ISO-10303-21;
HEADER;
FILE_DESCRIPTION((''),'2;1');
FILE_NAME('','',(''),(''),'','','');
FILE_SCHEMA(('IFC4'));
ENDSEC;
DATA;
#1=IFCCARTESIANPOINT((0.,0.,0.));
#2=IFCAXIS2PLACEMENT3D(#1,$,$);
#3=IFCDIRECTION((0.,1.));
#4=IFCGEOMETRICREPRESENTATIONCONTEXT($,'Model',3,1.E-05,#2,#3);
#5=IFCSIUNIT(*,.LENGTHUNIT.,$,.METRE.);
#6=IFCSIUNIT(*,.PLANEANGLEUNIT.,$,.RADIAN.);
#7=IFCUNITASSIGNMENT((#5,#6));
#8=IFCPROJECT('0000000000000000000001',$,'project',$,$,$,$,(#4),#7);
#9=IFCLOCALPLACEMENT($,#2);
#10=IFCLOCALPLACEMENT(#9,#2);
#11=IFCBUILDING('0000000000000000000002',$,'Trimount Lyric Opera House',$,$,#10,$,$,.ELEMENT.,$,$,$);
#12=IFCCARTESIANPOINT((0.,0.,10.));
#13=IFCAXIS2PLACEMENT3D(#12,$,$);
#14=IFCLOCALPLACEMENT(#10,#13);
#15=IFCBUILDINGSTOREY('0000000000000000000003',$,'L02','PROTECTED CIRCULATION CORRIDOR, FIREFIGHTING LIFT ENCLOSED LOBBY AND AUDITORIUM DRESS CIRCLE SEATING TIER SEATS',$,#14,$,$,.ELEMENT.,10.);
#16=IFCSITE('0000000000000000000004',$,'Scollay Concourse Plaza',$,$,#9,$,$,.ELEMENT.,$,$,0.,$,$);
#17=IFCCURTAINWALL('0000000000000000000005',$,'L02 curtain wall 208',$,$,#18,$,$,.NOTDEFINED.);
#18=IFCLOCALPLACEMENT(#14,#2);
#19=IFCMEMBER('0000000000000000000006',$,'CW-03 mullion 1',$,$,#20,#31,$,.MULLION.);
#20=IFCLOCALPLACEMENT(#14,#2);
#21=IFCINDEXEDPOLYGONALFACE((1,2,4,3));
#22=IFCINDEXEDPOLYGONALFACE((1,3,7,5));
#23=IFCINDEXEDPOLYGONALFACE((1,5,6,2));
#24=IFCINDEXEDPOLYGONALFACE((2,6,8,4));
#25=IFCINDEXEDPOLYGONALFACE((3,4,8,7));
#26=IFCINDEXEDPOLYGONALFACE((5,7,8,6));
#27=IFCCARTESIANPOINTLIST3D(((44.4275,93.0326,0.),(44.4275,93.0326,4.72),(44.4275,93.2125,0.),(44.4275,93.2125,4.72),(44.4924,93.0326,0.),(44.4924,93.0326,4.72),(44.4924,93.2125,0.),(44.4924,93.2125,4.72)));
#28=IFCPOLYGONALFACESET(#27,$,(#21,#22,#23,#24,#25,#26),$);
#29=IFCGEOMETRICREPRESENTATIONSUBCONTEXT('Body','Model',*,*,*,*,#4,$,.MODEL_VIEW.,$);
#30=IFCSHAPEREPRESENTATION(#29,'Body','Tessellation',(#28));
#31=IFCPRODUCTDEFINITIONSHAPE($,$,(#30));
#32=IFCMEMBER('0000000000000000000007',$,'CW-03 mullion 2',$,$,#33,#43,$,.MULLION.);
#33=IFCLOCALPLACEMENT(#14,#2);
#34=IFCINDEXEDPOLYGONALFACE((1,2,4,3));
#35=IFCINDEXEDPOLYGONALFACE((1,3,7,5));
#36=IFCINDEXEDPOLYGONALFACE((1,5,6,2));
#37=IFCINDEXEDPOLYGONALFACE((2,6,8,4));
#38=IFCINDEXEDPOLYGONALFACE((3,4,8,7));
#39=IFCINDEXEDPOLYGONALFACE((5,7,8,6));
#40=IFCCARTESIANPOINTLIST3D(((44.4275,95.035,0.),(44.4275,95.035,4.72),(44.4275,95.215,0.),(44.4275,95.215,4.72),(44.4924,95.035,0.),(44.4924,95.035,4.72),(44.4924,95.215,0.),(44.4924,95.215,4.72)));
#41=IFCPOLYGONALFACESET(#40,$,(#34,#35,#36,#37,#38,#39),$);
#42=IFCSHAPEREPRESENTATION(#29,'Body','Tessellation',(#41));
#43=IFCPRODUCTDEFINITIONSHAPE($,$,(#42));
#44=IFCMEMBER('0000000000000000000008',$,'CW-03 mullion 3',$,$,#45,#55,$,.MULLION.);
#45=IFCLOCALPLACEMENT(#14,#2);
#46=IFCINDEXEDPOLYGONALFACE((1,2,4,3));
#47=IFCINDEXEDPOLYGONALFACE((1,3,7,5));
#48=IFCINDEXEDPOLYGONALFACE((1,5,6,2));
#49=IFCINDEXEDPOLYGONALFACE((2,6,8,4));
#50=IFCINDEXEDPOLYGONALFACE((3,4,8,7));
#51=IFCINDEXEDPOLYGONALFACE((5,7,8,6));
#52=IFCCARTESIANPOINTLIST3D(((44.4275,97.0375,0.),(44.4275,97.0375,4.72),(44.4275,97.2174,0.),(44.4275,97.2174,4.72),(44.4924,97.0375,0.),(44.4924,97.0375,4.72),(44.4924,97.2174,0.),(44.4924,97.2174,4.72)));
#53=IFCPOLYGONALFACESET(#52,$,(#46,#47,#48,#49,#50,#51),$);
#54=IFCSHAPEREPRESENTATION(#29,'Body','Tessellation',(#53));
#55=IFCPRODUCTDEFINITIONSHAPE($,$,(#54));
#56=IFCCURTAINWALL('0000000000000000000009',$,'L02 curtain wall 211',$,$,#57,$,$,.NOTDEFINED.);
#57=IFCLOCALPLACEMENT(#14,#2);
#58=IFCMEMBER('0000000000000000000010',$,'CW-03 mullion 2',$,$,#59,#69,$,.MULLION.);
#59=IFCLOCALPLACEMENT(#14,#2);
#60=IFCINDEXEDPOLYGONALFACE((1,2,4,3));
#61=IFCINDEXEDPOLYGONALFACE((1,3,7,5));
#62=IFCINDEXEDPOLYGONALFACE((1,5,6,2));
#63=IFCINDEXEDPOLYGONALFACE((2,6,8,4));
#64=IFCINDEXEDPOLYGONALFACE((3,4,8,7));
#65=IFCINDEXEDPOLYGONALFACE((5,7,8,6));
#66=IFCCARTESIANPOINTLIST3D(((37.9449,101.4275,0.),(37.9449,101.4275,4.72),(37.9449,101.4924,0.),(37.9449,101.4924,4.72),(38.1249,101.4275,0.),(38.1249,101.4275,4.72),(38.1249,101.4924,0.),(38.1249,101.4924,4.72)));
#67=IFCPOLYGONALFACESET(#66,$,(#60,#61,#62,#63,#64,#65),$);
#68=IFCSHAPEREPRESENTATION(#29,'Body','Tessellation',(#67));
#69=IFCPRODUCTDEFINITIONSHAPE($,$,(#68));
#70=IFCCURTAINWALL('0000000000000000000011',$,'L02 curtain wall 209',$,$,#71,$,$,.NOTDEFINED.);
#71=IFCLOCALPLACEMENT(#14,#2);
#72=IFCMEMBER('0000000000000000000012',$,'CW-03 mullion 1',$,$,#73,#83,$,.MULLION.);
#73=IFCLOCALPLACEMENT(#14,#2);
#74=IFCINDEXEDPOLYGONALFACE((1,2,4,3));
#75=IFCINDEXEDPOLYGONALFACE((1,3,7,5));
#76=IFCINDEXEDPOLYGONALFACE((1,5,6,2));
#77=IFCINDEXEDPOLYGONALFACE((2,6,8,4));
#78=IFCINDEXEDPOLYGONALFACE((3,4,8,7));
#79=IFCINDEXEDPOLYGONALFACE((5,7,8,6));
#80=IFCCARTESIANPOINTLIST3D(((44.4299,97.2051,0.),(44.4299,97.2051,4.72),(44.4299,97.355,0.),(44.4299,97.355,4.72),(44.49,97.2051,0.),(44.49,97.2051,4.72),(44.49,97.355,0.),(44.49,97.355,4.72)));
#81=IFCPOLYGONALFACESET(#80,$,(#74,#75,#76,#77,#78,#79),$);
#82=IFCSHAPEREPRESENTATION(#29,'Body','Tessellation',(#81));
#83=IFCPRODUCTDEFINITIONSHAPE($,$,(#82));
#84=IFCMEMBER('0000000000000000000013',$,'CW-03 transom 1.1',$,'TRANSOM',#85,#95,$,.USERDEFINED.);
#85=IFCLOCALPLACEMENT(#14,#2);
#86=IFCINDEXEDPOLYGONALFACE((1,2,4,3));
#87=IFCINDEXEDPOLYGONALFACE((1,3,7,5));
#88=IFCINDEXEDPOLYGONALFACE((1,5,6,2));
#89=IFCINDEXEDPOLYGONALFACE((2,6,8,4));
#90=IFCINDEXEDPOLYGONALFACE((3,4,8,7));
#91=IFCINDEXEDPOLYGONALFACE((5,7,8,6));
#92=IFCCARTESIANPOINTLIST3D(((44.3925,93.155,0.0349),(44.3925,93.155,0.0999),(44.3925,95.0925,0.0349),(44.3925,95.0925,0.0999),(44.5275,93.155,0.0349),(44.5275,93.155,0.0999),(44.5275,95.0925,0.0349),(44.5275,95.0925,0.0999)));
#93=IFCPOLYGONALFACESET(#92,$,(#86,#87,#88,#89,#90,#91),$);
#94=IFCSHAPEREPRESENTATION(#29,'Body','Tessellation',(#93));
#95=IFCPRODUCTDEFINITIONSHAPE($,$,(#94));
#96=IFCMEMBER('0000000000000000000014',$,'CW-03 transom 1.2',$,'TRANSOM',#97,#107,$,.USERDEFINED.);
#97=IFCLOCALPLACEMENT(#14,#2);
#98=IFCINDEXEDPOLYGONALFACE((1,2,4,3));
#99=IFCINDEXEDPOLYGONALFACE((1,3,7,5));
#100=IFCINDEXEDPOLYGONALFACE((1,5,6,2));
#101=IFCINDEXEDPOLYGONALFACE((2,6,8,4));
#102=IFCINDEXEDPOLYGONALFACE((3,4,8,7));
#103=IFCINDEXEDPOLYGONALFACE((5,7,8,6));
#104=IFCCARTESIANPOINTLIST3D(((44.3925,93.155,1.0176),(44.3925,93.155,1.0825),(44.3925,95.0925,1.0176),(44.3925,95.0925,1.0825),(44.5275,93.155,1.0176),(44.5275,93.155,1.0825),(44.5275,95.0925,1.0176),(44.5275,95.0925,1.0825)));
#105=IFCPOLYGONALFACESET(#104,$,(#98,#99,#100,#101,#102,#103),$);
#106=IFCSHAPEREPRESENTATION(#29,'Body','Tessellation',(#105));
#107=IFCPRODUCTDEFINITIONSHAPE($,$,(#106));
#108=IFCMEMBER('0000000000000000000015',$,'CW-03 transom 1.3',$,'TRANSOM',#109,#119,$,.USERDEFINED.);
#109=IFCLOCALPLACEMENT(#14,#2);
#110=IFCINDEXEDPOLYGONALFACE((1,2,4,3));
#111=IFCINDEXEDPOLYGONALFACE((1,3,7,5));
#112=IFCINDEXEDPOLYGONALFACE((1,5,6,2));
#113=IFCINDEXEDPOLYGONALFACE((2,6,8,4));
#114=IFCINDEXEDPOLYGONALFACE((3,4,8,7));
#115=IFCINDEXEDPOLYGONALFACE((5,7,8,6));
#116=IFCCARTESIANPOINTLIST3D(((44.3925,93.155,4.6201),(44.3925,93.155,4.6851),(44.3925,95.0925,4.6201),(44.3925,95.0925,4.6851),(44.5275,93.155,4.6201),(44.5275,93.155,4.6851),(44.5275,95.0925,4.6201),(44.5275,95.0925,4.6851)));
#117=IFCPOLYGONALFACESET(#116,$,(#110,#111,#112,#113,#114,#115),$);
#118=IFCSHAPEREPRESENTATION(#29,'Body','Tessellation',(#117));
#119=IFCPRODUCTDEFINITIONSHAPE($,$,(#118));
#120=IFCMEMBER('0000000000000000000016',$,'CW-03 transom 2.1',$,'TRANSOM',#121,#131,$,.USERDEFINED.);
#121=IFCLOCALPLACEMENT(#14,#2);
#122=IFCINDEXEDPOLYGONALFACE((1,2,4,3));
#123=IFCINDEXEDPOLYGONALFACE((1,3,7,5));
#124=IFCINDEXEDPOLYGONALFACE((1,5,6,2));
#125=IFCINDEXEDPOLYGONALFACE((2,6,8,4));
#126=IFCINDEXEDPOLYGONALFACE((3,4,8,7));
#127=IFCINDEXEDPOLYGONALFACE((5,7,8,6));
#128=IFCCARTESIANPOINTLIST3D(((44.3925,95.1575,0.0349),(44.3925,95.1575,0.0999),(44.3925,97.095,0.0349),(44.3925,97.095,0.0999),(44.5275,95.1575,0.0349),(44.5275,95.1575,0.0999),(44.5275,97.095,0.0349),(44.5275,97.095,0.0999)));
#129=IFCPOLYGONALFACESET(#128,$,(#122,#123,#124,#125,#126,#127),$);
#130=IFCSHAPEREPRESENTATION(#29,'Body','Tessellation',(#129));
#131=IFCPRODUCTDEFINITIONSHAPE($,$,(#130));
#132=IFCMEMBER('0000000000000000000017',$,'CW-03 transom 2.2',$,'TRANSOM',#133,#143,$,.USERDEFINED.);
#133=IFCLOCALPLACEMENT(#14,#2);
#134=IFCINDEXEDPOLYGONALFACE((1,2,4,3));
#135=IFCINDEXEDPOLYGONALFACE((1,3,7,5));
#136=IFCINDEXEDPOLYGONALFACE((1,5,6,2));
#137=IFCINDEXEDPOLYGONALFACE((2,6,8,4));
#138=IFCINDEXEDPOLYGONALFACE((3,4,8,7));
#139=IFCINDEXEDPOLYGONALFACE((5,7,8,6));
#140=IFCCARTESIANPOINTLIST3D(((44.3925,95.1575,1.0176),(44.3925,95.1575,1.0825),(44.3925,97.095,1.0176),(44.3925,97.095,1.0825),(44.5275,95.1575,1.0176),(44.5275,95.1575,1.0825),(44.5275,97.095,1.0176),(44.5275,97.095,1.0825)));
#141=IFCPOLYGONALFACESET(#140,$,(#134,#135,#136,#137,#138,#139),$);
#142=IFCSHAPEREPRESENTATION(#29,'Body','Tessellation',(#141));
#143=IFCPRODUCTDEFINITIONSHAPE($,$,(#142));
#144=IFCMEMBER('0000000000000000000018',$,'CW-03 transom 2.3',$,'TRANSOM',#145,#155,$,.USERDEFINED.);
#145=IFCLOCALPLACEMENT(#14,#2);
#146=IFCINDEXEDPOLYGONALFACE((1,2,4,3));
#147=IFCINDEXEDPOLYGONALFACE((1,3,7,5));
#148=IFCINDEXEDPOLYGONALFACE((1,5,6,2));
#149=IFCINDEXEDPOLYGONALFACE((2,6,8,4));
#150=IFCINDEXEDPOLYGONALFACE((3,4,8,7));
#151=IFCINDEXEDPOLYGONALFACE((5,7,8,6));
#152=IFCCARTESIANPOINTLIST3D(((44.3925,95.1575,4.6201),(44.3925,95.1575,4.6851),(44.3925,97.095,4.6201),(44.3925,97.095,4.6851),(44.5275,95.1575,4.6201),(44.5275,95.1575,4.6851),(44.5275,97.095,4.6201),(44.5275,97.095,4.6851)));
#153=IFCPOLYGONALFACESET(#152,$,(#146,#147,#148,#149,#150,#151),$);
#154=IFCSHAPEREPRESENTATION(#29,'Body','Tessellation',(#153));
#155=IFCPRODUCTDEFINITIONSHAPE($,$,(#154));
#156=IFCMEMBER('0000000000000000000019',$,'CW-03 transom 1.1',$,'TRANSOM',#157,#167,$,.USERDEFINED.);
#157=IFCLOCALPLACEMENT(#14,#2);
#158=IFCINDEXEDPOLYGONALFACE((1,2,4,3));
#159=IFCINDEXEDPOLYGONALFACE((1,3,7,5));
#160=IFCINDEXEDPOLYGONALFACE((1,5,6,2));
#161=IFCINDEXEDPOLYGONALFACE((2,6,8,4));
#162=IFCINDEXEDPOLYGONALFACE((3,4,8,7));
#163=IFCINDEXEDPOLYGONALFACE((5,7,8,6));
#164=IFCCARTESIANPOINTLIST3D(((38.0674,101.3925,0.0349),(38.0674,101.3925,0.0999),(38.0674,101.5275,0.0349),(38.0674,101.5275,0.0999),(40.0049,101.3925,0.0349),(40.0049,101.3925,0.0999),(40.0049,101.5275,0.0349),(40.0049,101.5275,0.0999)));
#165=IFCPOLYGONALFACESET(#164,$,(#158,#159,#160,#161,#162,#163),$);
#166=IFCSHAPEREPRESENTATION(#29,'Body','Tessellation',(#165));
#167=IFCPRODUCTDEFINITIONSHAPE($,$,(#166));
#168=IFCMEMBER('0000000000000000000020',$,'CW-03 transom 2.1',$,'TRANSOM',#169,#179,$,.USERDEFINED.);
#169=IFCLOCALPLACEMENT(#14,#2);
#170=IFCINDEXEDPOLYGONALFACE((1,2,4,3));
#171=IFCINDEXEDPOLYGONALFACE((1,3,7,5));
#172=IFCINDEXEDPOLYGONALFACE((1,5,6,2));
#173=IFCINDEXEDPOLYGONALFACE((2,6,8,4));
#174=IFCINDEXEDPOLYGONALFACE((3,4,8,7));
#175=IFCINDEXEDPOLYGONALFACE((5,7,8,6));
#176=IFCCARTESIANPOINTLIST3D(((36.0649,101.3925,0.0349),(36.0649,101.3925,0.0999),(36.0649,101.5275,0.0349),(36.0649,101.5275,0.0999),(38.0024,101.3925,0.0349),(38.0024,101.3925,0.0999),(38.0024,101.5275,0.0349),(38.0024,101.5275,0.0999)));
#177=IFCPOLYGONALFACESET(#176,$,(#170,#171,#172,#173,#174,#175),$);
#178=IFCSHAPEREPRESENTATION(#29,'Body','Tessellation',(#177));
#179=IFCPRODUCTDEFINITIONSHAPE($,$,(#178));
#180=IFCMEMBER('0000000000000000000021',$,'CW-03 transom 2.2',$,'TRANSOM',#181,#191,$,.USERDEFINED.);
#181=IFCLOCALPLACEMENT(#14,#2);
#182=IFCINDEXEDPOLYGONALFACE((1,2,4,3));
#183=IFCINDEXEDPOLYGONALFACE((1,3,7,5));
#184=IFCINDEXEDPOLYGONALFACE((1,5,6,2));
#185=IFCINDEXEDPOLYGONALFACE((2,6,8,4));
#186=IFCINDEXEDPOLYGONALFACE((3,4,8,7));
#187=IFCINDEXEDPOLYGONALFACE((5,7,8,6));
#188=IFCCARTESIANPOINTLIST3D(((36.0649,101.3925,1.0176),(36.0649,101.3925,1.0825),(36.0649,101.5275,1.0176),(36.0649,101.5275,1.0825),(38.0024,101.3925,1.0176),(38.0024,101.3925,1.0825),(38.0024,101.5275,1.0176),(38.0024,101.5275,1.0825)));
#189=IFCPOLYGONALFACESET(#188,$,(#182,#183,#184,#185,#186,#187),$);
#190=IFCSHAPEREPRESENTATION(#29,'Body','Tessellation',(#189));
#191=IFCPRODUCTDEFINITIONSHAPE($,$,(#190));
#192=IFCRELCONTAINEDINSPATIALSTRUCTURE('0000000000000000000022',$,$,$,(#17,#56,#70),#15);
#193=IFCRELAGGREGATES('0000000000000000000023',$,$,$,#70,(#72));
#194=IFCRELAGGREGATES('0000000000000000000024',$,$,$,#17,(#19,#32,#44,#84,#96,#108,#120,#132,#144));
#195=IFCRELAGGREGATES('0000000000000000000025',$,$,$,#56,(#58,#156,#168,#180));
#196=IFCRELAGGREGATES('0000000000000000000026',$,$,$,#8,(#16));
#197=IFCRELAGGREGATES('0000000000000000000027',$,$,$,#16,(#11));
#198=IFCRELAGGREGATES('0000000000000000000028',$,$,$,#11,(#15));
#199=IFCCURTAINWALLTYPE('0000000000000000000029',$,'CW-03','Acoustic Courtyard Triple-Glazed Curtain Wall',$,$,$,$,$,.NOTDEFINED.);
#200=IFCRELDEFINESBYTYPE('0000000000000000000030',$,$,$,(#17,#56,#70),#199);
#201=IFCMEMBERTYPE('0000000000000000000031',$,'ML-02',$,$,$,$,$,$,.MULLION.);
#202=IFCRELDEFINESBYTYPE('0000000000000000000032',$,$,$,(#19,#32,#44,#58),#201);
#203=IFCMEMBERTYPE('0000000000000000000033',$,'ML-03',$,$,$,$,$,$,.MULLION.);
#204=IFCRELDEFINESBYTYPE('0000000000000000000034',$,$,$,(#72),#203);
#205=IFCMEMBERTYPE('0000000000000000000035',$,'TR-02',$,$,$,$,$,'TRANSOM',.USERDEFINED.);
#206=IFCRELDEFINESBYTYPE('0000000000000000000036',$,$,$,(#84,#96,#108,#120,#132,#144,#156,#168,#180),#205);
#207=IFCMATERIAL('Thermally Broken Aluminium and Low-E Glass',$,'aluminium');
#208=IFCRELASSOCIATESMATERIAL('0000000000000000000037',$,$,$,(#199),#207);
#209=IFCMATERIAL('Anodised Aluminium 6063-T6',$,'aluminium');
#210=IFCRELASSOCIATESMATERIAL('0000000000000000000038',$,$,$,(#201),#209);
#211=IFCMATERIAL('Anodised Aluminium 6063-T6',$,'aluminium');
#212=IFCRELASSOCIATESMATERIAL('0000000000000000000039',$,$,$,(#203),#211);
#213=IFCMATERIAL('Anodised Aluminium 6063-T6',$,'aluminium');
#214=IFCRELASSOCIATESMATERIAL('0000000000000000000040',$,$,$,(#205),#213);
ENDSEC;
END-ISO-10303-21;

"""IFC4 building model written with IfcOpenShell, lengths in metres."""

from ifc_helpers import new_model, si_unit, direction, frame, origin, origin_2d, place, context, subcontext, project, spatial, rectangle, extrude, material, material_profile, profile_set, type_object, element, aggregate, save


model = new_model("IFC4")

# Units and contexts
model_context = context("Model", 3, precision=1e-05, world=origin(), true_north=direction((0.0, 1.0)))
body_context = subcontext(model_context, "Body", "Model", "MODEL_VIEW")
ifc_project = project(units=[si_unit("LENGTHUNIT", "METRE"), si_unit("PLANEANGLEUNIT", "RADIAN")], contexts=[model_context])

# Site, building, storey
site_placement = place(None, origin())
site = spatial("IfcSite", under=ifc_project, at=site_placement, Name="Scollay Concourse Plaza", CompositionType="ELEMENT", RefElevation=0.0)
building_placement = place(site_placement, origin())
building = spatial("IfcBuilding", under=site, at=building_placement, Name="Trimount Lyric Opera House", CompositionType="ELEMENT")
storey_placement = place(building_placement, frame((0.0, 0.0, 10.0)))
storey = spatial("IfcBuildingStorey", under=building, at=storey_placement, Name="L02", Description="PROTECTED CIRCULATION CORRIDOR, FIREFIGHTING LIFT ENCLOSED LOBBY AND AUDITORIUM DRESS CIRCLE SEATING TIER SEATS", CompositionType="ELEMENT", Elevation=10.0)

# Curtain wall, members
ifc_material_1 = material(Name="Thermally Broken Aluminium and Low-E Glass", Category="aluminium")
curtain_wall_type = type_object("IfcCurtainWallType", Name="CW-03", Description="Acoustic Courtyard Triple-Glazed Curtain Wall", PredefinedType="NOTDEFINED", material=ifc_material_1)
curtain_wall_1_placement = place(storey_placement, origin())
curtain_wall_1 = element("IfcCurtainWall", 1, at=curtain_wall_1_placement, inside=storey, type_object=curtain_wall_type, Name="L02 curtain wall 208", PredefinedType="NOTDEFINED")
ifc_material_2 = material(Name="Anodised Aluminium 6063-T6", Category="aluminium")
ifc_material_profile_1 = material_profile(ifc_material_2, rectangle(XDim=0.0649, YDim=0.1799, at=origin_2d()), Name="ALU-MULL-65X180")
ifc_profile_set_1 = profile_set([ifc_material_profile_1], Name="Anodised Aluminium 6063-T6")
member_type_1 = type_object("IfcMemberType", Name="ML-02", PredefinedType="MULLION", material=ifc_profile_set_1)
member_1_placement = place(storey_placement, frame((44.46, 93.1226, 0.0), z_axis=(0.0, 0.0, 1.0), x_axis=(-1.0, 0.0, 0.0)))
member_1 = element("IfcMember", 2, at=member_1_placement, type_object=member_type_1, Name="CW-03 mullion 1", PredefinedType="MULLION", context=body_context, shape_type="SweptSolid", body=[
    extrude(rectangle(XDim=0.0649, YDim=0.1799, at=origin_2d()), origin(), (0.0, 0.0, 1.0), 4.72),
])
member_2_placement = place(storey_placement, frame((44.46, 95.125, 0.0), z_axis=(0.0, 0.0, 1.0), x_axis=(-1.0, 0.0, 0.0)))
member_2 = element("IfcMember", 3, at=member_2_placement, type_object=member_type_1, Name="CW-03 mullion 2", PredefinedType="MULLION", context=body_context, shape_type="SweptSolid", body=[
    extrude(rectangle(XDim=0.0649, YDim=0.1799, at=origin_2d()), origin(), (0.0, 0.0, 1.0), 4.72),
])
member_3_placement = place(storey_placement, frame((44.46, 97.1274, 0.0), z_axis=(0.0, 0.0, 1.0), x_axis=(-1.0, 0.0, 0.0)))
member_3 = element("IfcMember", 4, at=member_3_placement, type_object=member_type_1, Name="CW-03 mullion 3", PredefinedType="MULLION", context=body_context, shape_type="SweptSolid", body=[
    extrude(rectangle(XDim=0.0649, YDim=0.1799, at=origin_2d()), origin(), (0.0, 0.0, 1.0), 4.72),
])

# Curtain walls, members
curtain_wall_2_placement = place(storey_placement, origin())
curtain_wall_2 = element("IfcCurtainWall", 5, at=curtain_wall_2_placement, inside=storey, type_object=curtain_wall_type, Name="L02 curtain wall 211", PredefinedType="NOTDEFINED")
member_4_placement = place(storey_placement, frame((38.0349, 101.46, 0.0), z_axis=(0.0, 0.0, 1.0), x_axis=(0.0, -1.0, 0.0)))
member_4 = element("IfcMember", 6, at=member_4_placement, type_object=member_type_1, Name="CW-03 mullion 2", PredefinedType="MULLION", context=body_context, shape_type="SweptSolid", body=[
    extrude(rectangle(XDim=0.0649, YDim=0.1799, at=origin_2d()), origin(), (0.0, 0.0, 1.0), 4.72),
])
curtain_wall_3_placement = place(storey_placement, origin())
curtain_wall_3 = element("IfcCurtainWall", 7, at=curtain_wall_3_placement, inside=storey, type_object=curtain_wall_type, Name="L02 curtain wall 209", PredefinedType="NOTDEFINED")
ifc_material_3 = material(Name="Anodised Aluminium 6063-T6", Category="aluminium")
ifc_material_profile_2 = material_profile(ifc_material_3, rectangle(XDim=0.0601, YDim=0.1499, at=origin_2d()), Name="ALU-MULL-60X150")
ifc_profile_set_2 = profile_set([ifc_material_profile_2], Name="Anodised Aluminium 6063-T6")
member_type_2 = type_object("IfcMemberType", Name="ML-03", PredefinedType="MULLION", material=ifc_profile_set_2)
member_5_placement = place(storey_placement, frame((44.46, 97.28, 0.0), z_axis=(0.0, 0.0, 1.0), x_axis=(-1.0, 0.0, 0.0)))
member_5 = element("IfcMember", 8, at=member_5_placement, type_object=member_type_2, Name="CW-03 mullion 1", PredefinedType="MULLION", context=body_context, shape_type="SweptSolid", body=[
    extrude(rectangle(XDim=0.0601, YDim=0.1499, at=origin_2d()), origin(), (0.0, 0.0, 1.0), 4.72),
])

# Members
ifc_material_4 = material(Name="Anodised Aluminium 6063-T6", Category="aluminium")
ifc_material_profile_3 = material_profile(ifc_material_4, rectangle(XDim=0.135, YDim=0.0649, at=origin_2d()), Name="ALU-TRAN-65X135")
ifc_profile_set_3 = profile_set([ifc_material_profile_3], Name="Anodised Aluminium 6063-T6")
member_type_3 = type_object("IfcMemberType", Name="TR-02", ElementType="TRANSOM", PredefinedType="USERDEFINED", material=ifc_profile_set_3)
member_6_placement = place(storey_placement, frame((44.46, 93.155, 0.0674), z_axis=(0.0, 1.0, 0.0), x_axis=(-1.0, 0.0, 0.0)))
member_6 = element("IfcMember", 9, at=member_6_placement, type_object=member_type_3, Name="CW-03 transom 1.1", ObjectType="TRANSOM", PredefinedType="USERDEFINED", context=body_context, shape_type="SweptSolid", body=[
    extrude(rectangle(XDim=0.135, YDim=0.0649, at=origin_2d()), origin(), (0.0, 0.0, 1.0), 1.9375),
])
member_7_placement = place(storey_placement, frame((44.46, 93.155, 1.05), z_axis=(0.0, 1.0, 0.0), x_axis=(-1.0, 0.0, 0.0)))
member_7 = element("IfcMember", 10, at=member_7_placement, type_object=member_type_3, Name="CW-03 transom 1.2", ObjectType="TRANSOM", PredefinedType="USERDEFINED", context=body_context, shape_type="SweptSolid", body=[
    extrude(rectangle(XDim=0.135, YDim=0.0649, at=origin_2d()), origin(), (0.0, 0.0, 1.0), 1.9375),
])
member_8_placement = place(storey_placement, frame((44.46, 93.155, 4.6526), z_axis=(0.0, 1.0, 0.0), x_axis=(-1.0, 0.0, 0.0)))
member_8 = element("IfcMember", 11, at=member_8_placement, type_object=member_type_3, Name="CW-03 transom 1.3", ObjectType="TRANSOM", PredefinedType="USERDEFINED", context=body_context, shape_type="SweptSolid", body=[
    extrude(rectangle(XDim=0.135, YDim=0.0649, at=origin_2d()), origin(), (0.0, 0.0, 1.0), 1.9375),
])
member_9_placement = place(storey_placement, frame((44.46, 95.1575, 0.0674), z_axis=(0.0, 1.0, 0.0), x_axis=(-1.0, 0.0, 0.0)))
member_9 = element("IfcMember", 12, at=member_9_placement, type_object=member_type_3, Name="CW-03 transom 2.1", ObjectType="TRANSOM", PredefinedType="USERDEFINED", context=body_context, shape_type="SweptSolid", body=[
    extrude(rectangle(XDim=0.135, YDim=0.0649, at=origin_2d()), origin(), (0.0, 0.0, 1.0), 1.9375),
])
member_10_placement = place(storey_placement, frame((44.46, 95.1575, 1.05), z_axis=(0.0, 1.0, 0.0), x_axis=(-1.0, 0.0, 0.0)))
member_10 = element("IfcMember", 13, at=member_10_placement, type_object=member_type_3, Name="CW-03 transom 2.2", ObjectType="TRANSOM", PredefinedType="USERDEFINED", context=body_context, shape_type="SweptSolid", body=[
    extrude(rectangle(XDim=0.135, YDim=0.0649, at=origin_2d()), origin(), (0.0, 0.0, 1.0), 1.9375),
])
member_11_placement = place(storey_placement, frame((44.46, 95.1575, 4.6526), z_axis=(0.0, 1.0, 0.0), x_axis=(-1.0, 0.0, 0.0)))
member_11 = element("IfcMember", 14, at=member_11_placement, type_object=member_type_3, Name="CW-03 transom 2.3", ObjectType="TRANSOM", PredefinedType="USERDEFINED", context=body_context, shape_type="SweptSolid", body=[
    extrude(rectangle(XDim=0.135, YDim=0.0649, at=origin_2d()), origin(), (0.0, 0.0, 1.0), 1.9375),
])
member_12_placement = place(storey_placement, frame((40.0049, 101.46, 0.0674), z_axis=(-1.0, 0.0, 0.0), x_axis=(0.0, -1.0, 0.0)))
member_12 = element("IfcMember", 15, at=member_12_placement, type_object=member_type_3, Name="CW-03 transom 1.1", ObjectType="TRANSOM", PredefinedType="USERDEFINED", context=body_context, shape_type="SweptSolid", body=[
    extrude(rectangle(XDim=0.135, YDim=0.0649, at=origin_2d()), origin(), (0.0, 0.0, 1.0), 1.9375),
])
member_13_placement = place(storey_placement, frame((38.0024, 101.46, 0.0674), z_axis=(-1.0, 0.0, 0.0), x_axis=(0.0, -1.0, 0.0)))
member_13 = element("IfcMember", 16, at=member_13_placement, type_object=member_type_3, Name="CW-03 transom 2.1", ObjectType="TRANSOM", PredefinedType="USERDEFINED", context=body_context, shape_type="SweptSolid", body=[
    extrude(rectangle(XDim=0.135, YDim=0.0649, at=origin_2d()), origin(), (0.0, 0.0, 1.0), 1.9375),
])
member_14_placement = place(storey_placement, frame((38.0024, 101.46, 1.05), z_axis=(-1.0, 0.0, 0.0), x_axis=(0.0, -1.0, 0.0)))
member_14 = element("IfcMember", 17, at=member_14_placement, type_object=member_type_3, Name="CW-03 transom 2.2", ObjectType="TRANSOM", PredefinedType="USERDEFINED", context=body_context, shape_type="SweptSolid", body=[
    extrude(rectangle(XDim=0.135, YDim=0.0649, at=origin_2d()), origin(), (0.0, 0.0, 1.0), 1.9375),
])

aggregate(curtain_wall_3, [member_5])
aggregate(curtain_wall_1, [member_1, member_2, member_3, member_6, member_7, member_8, member_9, member_10, member_11])
aggregate(curtain_wall_2, [member_4, member_12, member_13, member_14])

save(model, "model.ifc")
